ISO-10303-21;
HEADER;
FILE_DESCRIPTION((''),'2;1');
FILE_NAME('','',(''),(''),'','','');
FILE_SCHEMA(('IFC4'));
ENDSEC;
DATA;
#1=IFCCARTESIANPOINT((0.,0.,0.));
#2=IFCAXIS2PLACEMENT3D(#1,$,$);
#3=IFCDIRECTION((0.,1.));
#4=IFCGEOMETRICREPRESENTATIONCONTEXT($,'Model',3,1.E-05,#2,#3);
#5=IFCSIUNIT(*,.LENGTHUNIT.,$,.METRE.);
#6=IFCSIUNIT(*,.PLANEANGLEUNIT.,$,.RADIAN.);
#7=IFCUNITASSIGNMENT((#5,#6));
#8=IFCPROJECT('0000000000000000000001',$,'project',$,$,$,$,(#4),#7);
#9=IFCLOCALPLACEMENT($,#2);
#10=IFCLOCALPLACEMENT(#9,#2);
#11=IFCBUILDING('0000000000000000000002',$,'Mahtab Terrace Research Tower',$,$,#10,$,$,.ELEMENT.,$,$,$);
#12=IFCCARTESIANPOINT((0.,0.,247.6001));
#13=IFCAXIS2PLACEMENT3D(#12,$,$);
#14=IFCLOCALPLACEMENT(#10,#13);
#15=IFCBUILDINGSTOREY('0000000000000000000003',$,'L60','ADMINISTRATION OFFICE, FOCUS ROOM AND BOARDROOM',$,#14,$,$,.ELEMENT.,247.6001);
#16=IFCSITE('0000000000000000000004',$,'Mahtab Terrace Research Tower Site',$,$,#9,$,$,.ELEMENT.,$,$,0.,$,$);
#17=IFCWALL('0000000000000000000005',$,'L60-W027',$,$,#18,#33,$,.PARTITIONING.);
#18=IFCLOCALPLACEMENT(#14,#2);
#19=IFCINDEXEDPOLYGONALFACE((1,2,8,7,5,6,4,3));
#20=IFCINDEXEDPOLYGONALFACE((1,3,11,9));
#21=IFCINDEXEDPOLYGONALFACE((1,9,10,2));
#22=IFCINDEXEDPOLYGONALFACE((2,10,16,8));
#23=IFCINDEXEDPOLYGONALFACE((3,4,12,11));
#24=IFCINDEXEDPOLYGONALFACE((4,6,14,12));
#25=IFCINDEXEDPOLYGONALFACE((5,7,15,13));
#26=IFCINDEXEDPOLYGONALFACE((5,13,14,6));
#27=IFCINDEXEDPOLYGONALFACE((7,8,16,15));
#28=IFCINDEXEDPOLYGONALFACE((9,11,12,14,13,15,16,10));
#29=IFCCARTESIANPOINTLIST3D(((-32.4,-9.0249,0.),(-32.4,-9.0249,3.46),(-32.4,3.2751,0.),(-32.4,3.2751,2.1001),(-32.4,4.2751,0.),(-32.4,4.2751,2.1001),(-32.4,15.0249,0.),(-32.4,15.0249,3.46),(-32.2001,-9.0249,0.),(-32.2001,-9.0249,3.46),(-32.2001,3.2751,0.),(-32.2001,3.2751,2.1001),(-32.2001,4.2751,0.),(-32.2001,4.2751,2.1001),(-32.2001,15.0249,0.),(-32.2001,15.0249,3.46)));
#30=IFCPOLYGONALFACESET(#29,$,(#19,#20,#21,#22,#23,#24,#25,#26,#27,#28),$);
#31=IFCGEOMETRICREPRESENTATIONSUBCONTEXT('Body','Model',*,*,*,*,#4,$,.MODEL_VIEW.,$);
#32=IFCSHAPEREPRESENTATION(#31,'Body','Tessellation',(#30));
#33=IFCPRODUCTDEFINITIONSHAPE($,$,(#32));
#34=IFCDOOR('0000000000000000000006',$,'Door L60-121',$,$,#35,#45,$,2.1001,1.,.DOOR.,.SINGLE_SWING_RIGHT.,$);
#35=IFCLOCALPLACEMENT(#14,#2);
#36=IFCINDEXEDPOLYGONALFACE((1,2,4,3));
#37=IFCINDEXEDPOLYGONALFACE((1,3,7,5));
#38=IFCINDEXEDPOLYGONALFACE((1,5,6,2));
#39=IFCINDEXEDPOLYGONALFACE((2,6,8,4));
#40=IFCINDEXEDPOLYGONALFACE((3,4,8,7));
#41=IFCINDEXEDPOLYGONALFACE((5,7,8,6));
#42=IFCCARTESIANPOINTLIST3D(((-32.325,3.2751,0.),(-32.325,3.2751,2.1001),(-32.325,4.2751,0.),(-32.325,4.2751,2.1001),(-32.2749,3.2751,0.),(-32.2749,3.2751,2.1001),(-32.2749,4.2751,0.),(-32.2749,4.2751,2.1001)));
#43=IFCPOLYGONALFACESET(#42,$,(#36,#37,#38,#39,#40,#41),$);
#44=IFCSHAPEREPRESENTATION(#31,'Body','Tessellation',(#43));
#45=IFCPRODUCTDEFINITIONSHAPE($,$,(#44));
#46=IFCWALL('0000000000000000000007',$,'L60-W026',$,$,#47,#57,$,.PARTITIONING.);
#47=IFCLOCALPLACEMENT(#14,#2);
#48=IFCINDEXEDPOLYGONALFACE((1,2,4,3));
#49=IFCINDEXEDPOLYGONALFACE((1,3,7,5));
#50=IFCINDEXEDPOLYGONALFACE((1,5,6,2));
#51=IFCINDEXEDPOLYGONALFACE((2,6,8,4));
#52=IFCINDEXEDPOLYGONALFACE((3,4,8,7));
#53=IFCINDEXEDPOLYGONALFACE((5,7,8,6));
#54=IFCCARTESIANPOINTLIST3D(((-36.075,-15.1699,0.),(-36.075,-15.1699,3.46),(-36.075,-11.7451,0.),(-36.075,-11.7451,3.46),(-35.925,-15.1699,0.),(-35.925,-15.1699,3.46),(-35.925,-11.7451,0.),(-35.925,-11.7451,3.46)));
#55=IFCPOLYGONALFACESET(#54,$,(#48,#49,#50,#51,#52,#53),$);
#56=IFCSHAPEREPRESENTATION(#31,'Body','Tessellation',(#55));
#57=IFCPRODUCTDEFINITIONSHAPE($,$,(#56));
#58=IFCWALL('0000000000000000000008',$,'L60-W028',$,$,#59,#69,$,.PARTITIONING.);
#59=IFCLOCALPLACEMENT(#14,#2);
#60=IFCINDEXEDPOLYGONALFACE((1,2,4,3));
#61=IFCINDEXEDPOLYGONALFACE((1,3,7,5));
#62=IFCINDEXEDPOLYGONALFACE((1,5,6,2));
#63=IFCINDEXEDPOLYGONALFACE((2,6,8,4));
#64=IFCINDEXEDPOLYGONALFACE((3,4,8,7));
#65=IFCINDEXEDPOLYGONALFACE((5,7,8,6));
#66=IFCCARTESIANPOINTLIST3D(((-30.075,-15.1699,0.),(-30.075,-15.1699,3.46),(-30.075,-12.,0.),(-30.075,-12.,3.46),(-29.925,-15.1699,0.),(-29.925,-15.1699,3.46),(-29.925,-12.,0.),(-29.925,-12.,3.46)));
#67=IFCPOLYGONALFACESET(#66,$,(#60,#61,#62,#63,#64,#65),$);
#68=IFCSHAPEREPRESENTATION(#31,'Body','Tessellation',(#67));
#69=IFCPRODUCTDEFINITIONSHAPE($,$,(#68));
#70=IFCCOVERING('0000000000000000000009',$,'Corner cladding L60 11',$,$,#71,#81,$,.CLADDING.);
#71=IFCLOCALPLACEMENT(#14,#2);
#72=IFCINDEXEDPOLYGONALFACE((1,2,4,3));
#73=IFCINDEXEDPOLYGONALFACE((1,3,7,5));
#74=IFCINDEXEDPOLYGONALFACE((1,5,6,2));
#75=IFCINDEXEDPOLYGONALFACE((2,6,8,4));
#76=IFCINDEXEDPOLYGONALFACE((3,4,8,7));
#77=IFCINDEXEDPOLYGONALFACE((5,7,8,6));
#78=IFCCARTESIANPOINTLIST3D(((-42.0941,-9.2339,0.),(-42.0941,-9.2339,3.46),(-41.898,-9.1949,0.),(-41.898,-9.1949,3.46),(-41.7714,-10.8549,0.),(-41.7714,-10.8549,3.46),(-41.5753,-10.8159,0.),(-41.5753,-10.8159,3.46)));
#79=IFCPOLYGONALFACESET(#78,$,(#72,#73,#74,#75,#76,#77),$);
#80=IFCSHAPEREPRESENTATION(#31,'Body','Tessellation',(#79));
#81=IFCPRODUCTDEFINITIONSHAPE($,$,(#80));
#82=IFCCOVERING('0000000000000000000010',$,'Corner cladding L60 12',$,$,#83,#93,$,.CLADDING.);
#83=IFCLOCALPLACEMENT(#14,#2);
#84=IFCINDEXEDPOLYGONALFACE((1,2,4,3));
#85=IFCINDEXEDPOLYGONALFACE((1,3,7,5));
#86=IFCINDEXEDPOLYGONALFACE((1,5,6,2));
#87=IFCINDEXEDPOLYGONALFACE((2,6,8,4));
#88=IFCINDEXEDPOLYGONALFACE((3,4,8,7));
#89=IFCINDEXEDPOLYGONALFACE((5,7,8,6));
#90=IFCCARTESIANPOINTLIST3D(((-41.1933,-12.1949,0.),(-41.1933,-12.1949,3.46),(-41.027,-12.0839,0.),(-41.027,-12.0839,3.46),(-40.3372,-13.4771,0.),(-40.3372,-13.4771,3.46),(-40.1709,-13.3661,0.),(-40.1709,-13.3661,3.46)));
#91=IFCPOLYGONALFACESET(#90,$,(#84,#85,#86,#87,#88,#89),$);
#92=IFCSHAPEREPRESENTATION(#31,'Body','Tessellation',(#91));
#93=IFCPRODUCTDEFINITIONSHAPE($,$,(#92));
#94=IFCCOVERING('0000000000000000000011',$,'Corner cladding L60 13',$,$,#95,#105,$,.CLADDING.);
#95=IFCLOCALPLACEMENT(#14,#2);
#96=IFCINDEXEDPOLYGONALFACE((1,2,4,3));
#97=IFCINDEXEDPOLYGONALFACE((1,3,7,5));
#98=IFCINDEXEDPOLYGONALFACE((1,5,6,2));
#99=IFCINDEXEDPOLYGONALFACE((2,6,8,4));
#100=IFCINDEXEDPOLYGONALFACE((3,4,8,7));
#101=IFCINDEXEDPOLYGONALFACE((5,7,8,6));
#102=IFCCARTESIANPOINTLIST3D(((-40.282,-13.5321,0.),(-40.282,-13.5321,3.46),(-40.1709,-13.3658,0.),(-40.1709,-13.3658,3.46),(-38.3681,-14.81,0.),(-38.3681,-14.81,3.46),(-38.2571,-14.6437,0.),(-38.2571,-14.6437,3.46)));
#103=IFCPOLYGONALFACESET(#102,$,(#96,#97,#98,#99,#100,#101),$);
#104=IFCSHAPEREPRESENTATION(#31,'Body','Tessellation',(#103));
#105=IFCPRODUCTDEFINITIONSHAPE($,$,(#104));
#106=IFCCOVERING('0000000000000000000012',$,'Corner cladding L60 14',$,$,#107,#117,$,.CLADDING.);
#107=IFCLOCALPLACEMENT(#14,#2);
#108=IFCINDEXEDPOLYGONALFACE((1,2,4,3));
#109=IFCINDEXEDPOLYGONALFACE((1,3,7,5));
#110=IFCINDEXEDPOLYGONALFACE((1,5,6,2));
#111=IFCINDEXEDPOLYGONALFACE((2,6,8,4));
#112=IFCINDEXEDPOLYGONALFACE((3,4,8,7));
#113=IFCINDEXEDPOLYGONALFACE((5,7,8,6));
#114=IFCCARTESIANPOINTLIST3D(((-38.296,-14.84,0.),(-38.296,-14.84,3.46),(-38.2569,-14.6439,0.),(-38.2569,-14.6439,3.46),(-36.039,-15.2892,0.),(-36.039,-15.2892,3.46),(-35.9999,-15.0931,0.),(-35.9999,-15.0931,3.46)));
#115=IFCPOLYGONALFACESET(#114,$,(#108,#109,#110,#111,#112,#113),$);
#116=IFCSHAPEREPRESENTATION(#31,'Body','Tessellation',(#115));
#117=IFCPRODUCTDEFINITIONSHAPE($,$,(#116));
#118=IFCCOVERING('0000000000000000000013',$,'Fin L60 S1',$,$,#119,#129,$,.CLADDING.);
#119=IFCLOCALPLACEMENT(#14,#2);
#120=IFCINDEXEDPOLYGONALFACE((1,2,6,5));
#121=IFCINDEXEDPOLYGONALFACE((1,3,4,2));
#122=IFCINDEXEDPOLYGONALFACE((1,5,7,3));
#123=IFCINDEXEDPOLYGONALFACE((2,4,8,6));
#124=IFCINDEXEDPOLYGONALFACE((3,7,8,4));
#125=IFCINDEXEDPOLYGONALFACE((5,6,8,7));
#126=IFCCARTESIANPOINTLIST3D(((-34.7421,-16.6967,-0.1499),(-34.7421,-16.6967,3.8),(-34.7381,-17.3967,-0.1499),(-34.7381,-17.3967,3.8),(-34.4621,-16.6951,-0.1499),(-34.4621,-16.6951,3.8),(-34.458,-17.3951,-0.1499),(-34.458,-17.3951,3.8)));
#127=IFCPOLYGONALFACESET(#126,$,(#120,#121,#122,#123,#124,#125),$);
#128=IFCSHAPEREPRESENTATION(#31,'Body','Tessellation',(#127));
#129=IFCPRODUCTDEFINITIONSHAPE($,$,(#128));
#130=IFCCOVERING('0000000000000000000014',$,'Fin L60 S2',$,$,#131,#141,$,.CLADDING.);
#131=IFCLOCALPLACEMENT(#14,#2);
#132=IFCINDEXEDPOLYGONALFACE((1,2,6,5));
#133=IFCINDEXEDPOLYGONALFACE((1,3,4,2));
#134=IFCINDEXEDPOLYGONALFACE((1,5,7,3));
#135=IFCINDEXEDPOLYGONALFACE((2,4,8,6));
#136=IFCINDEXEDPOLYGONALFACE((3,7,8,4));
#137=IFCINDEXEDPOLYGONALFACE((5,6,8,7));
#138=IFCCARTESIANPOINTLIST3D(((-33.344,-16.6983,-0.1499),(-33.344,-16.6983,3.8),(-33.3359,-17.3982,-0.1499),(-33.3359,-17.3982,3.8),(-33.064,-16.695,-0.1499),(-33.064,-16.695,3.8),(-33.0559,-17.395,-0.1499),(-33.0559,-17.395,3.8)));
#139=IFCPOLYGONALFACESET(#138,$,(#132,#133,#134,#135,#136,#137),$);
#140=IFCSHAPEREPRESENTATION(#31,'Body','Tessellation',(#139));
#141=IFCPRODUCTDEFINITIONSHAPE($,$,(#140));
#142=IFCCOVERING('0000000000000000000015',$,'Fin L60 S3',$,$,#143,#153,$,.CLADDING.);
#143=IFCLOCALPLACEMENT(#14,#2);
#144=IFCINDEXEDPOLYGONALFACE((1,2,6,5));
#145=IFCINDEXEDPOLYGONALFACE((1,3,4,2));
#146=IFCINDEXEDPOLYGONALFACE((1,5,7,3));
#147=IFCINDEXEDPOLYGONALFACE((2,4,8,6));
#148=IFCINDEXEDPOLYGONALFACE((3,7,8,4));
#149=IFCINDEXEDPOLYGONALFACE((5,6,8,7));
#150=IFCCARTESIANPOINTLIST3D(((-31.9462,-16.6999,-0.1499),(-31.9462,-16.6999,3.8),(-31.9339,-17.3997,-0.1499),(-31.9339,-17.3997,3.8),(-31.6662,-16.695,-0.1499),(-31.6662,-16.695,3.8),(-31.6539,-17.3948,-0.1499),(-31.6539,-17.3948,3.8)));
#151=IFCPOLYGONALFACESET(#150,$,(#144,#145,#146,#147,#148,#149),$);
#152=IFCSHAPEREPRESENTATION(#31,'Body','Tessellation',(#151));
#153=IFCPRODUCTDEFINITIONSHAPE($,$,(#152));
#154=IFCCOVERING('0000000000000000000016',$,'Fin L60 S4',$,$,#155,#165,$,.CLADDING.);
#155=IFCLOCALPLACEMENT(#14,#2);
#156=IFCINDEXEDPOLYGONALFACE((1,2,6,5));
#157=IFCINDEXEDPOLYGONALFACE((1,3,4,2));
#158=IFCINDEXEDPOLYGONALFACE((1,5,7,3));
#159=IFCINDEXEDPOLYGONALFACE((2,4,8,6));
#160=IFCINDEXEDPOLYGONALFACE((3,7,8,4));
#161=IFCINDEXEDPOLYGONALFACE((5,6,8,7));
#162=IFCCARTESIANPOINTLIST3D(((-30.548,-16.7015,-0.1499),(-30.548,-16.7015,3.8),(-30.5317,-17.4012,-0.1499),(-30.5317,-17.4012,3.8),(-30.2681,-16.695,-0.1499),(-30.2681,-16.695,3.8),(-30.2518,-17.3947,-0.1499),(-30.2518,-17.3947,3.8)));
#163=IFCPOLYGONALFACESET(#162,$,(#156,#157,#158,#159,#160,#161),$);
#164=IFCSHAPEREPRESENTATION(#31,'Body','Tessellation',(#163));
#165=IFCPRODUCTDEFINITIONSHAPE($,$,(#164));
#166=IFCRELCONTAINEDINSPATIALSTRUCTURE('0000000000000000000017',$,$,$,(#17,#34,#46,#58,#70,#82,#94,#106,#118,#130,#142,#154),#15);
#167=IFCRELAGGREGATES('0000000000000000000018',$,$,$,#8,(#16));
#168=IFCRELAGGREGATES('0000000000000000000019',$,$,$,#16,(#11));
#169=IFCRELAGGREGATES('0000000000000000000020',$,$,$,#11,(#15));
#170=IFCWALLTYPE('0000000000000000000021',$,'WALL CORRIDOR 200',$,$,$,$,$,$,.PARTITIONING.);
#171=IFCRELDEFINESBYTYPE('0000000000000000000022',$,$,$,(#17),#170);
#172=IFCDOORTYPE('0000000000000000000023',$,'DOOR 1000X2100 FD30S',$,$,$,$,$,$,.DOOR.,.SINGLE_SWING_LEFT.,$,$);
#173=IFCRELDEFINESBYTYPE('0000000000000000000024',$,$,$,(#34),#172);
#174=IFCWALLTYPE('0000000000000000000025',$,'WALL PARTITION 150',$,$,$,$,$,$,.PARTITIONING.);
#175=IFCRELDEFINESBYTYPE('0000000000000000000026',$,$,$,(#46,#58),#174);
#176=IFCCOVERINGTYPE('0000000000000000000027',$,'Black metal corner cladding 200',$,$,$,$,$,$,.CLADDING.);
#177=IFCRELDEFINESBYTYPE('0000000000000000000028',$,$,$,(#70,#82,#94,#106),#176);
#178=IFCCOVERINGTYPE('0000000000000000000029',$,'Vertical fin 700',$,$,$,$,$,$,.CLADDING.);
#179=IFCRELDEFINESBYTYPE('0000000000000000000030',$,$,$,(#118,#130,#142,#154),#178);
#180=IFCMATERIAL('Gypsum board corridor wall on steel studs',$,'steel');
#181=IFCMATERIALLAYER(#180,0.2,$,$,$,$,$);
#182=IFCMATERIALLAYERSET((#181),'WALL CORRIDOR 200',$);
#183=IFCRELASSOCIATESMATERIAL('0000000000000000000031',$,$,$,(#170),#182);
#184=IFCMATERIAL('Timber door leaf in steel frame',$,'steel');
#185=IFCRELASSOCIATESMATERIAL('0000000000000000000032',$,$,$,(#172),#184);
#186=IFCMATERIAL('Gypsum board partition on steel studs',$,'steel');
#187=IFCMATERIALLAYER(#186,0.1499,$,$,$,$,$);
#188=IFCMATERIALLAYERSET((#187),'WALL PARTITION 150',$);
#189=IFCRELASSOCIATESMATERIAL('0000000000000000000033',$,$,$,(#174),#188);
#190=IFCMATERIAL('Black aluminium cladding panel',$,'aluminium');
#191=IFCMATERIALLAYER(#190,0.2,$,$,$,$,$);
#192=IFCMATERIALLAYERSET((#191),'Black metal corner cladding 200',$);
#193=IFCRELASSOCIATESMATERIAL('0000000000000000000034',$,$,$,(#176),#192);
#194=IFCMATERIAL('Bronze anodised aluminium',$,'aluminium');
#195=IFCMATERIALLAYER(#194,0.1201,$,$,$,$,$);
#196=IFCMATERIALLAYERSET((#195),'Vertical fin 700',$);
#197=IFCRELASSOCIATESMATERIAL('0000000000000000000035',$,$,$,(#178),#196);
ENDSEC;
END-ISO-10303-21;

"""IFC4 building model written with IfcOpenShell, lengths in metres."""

from ifc_helpers import new_model, si_unit, direction, frame, frame_2d, origin, origin_2d, place, context, subcontext, project, spatial, rectangle, extrude, material, layer, layer_set, type_object, element, fill, save


model = new_model("IFC4")

# Units and contexts
model_context = context("Model", 3, precision=1e-05, world=origin(), true_north=direction((0.0, 1.0)))
body_context = subcontext(model_context, "Body", "Model", "MODEL_VIEW")
ifc_project = project(units=[si_unit("LENGTHUNIT", "METRE"), si_unit("PLANEANGLEUNIT", "RADIAN")], contexts=[model_context])

# Site, building, storey
site_placement = place(None, origin())
site = spatial("IfcSite", under=ifc_project, at=site_placement, Name="Mahtab Terrace Research Tower Site", CompositionType="ELEMENT", RefElevation=0.0)
building_placement = place(site_placement, origin())
building = spatial("IfcBuilding", under=site, at=building_placement, Name="Mahtab Terrace Research Tower", CompositionType="ELEMENT")
storey_placement = place(building_placement, frame((0.0, 0.0, 247.6001)))
storey = spatial("IfcBuildingStorey", under=building, at=storey_placement, Name="L60", Description="ADMINISTRATION OFFICE, FOCUS ROOM AND BOARDROOM", CompositionType="ELEMENT", Elevation=247.6001)

# Shared definitions
ifc_material_1 = material(Name="Gypsum board corridor wall on steel studs", Category="steel")
ifc_layer_1 = layer(ifc_material_1, 0.2)
ifc_layer_set_1 = layer_set([ifc_layer_1], Name="WALL CORRIDOR 200")
wall_type_1 = type_object("IfcWallType", Name="WALL CORRIDOR 200", PredefinedType="PARTITIONING", material=ifc_layer_set_1)
ifc_material_2 = material(Name="Timber door leaf in steel frame", Category="steel")

# Wall, opening, door
door_type_1 = type_object("IfcDoorType", Name="DOOR 1000X2100 FD30S", OperationType="SINGLE_SWING_LEFT", PredefinedType="DOOR", material=ifc_material_2)
wall_1_placement = place(storey_placement, frame((-32.3, -9.0249, 0.0), z_axis=(0.0, 0.0, 1.0), x_axis=(0.0, 1.0, 0.0)))
wall_1 = element("IfcWall", 1, at=wall_1_placement, inside=storey, type_object=wall_type_1, Name="L60-W027", PredefinedType="PARTITIONING", context=body_context, shape_type="SweptSolid", body=[
    extrude(rectangle(XDim=24.0498, YDim=0.2, at=frame_2d((12.0249, 0.0))), origin(), (0.0, 0.0, 1.0), 3.46),
])
opening_1_placement = place(wall_1_placement, frame((12.3, 0.0, 0.0)))
opening_1 = element("IfcOpeningElement", 2, at=opening_1_placement, cuts=wall_1, PredefinedType="OPENING", context=body_context, shape_type="SweptSolid", body=[
    extrude(rectangle(XDim=1.0, YDim=2.1001, at=frame_2d((0.5, 1.05))), frame((0.0, 0.1099, 0.0), z_axis=(0.0, -1.0, 0.0), x_axis=(1.0, 0.0, 0.0)), (0.0, 0.0, 1.0), 0.22),
])
door_1_placement = place(opening_1_placement, origin())
door_1 = element("IfcDoor", 3, at=door_1_placement, inside=storey, type_object=door_type_1, Name="Door L60-121", OperationType="SINGLE_SWING_RIGHT", OverallHeight=2.1001, OverallWidth=1.0, PredefinedType="DOOR", context=body_context, shape_type="SweptSolid", body=[
    extrude(rectangle(XDim=1.0, YDim=2.1001, at=frame_2d((0.5, 1.05))), frame((0.0, 0.0249, 0.0), z_axis=(0.0, -1.0, 0.0), x_axis=(1.0, 0.0, 0.0)), (0.0, 0.0, 1.0), 0.05),
])
fill(opening_1, door_1)

# Walls
ifc_material_3 = material(Name="Gypsum board partition on steel studs", Category="steel")
ifc_layer_2 = layer(ifc_material_3, 0.1499)
ifc_layer_set_2 = layer_set([ifc_layer_2], Name="WALL PARTITION 150")
wall_type_2 = type_object("IfcWallType", Name="WALL PARTITION 150", PredefinedType="PARTITIONING", material=ifc_layer_set_2)
wall_2_placement = place(storey_placement, frame((-36.0, -15.1699, 0.0), z_axis=(0.0, 0.0, 1.0), x_axis=(0.0, 1.0, 0.0)))
element("IfcWall", 4, at=wall_2_placement, inside=storey, type_object=wall_type_2, Name="L60-W026", PredefinedType="PARTITIONING", context=body_context, shape_type="SweptSolid", body=[
    extrude(rectangle(XDim=3.4248, YDim=0.1499, at=frame_2d((1.7124, 0.0))), origin(), (0.0, 0.0, 1.0), 3.46),
])
wall_3_placement = place(storey_placement, frame((-30.0, -15.1699, 0.0), z_axis=(0.0, 0.0, 1.0), x_axis=(0.0, 1.0, 0.0)))
element("IfcWall", 5, at=wall_3_placement, inside=storey, type_object=wall_type_2, Name="L60-W028", PredefinedType="PARTITIONING", context=body_context, shape_type="SweptSolid", body=[
    extrude(rectangle(XDim=3.1699, YDim=0.1499, at=frame_2d((1.585, 0.0))), origin(), (0.0, 0.0, 1.0), 3.46),
])

# Coverings
ifc_material_4 = material(Name="Black aluminium cladding panel", Category="aluminium")
ifc_layer_3 = layer(ifc_material_4, 0.2)
ifc_layer_set_3 = layer_set([ifc_layer_3], Name="Black metal corner cladding 200")
covering_type_1 = type_object("IfcCoveringType", Name="Black metal corner cladding 200", PredefinedType="CLADDING", material=ifc_layer_set_3)
covering_1_placement = place(storey_placement, frame((-41.8347, -10.0249, 0.0), z_axis=(0.0, 0.0, 1.0), x_axis=(0.195212, -0.980761, 0.0)))
element("IfcCovering", 6, at=covering_1_placement, inside=storey, type_object=covering_type_1, Name="Corner cladding L60 11", PredefinedType="CLADDING", context=body_context, shape_type="SweptSolid", body=[
    extrude(rectangle(XDim=1.6528, YDim=0.2, at=origin_2d()), origin(), (0.0, 0.0, 1.0), 3.46),
])
covering_2_placement = place(storey_placement, frame((-40.6821, -12.7805, 0.0), z_axis=(0.0, 0.0, 1.0), x_axis=(0.555291, -0.831656, 0.0)))
element("IfcCovering", 7, at=covering_2_placement, inside=storey, type_object=covering_type_1, Name="Corner cladding L60 12", PredefinedType="CLADDING", context=body_context, shape_type="SweptSolid", body=[
    extrude(rectangle(XDim=1.5417, YDim=0.2, at=origin_2d()), origin(), (0.0, 0.0, 1.0), 3.46),
])
for number, where, z_axis, x_axis, name in (
    (8, (-39.2695, -14.0879, 0.0), (0.0, 0.0, 1.0), (0.831656, -0.555291, 0.0), "Corner cladding L60 13"),
    (9, (-37.1479, -14.9666, 0.0), (0.0, 0.0, 1.0), (0.980761, -0.195212, 0.0), "Corner cladding L60 14"),
):
    element("IfcCovering", number, at=place(storey_placement, frame(where, z_axis=z_axis, x_axis=x_axis)), inside=storey, type_object=covering_type_1, Name=name, PredefinedType="CLADDING", context=body_context, shape_type="SweptSolid", body=[
        extrude(rectangle(XDim=2.3013, YDim=0.2, at=origin_2d()), origin(), (0.0, 0.0, 1.0), 3.46),
    ])
ifc_material_5 = material(Name="Bronze anodised aluminium", Category="aluminium")
ifc_layer_4 = layer(ifc_material_5, 0.1201)
ifc_layer_set_4 = layer_set([ifc_layer_4], Name="Vertical fin 700")
covering_type_2 = type_object("IfcCoveringType", Name="Vertical fin 700", PredefinedType="CLADDING", material=ifc_layer_set_4)
for number, where, z_axis, x_axis, name in (
    (10, (-34.6001, -17.0459, -0.1499), (0.0, 0.0, 1.0), (0.999983, 0.005818, 0.0), "Fin L60 S1"),
    (11, (-33.2, -17.0466, -0.1499), (0.0, 0.0, 1.0), (0.999932, 0.011635, 0.0), "Fin L60 S2"),
    (12, (-31.8, -17.0474, -0.1499), (0.0, 0.0, 1.0), (0.999848, 0.017452, 0.0), "Fin L60 S3"),
    (13, (-30.3999, -17.0481, -0.1499), (0.0, 0.0, 1.0), (0.999729, 0.023269, 0.0), "Fin L60 S4"),
):
    element("IfcCovering", number, at=place(storey_placement, frame(where, z_axis=z_axis, x_axis=x_axis)), inside=storey, type_object=covering_type_2, Name=name, PredefinedType="CLADDING", context=body_context, shape_type="SweptSolid", body=[
        extrude(rectangle(XDim=0.28, YDim=0.7, at=origin_2d()), origin(), (0.0, 0.0, 1.0), 3.95),
    ])

save(model, "model.ifc")
